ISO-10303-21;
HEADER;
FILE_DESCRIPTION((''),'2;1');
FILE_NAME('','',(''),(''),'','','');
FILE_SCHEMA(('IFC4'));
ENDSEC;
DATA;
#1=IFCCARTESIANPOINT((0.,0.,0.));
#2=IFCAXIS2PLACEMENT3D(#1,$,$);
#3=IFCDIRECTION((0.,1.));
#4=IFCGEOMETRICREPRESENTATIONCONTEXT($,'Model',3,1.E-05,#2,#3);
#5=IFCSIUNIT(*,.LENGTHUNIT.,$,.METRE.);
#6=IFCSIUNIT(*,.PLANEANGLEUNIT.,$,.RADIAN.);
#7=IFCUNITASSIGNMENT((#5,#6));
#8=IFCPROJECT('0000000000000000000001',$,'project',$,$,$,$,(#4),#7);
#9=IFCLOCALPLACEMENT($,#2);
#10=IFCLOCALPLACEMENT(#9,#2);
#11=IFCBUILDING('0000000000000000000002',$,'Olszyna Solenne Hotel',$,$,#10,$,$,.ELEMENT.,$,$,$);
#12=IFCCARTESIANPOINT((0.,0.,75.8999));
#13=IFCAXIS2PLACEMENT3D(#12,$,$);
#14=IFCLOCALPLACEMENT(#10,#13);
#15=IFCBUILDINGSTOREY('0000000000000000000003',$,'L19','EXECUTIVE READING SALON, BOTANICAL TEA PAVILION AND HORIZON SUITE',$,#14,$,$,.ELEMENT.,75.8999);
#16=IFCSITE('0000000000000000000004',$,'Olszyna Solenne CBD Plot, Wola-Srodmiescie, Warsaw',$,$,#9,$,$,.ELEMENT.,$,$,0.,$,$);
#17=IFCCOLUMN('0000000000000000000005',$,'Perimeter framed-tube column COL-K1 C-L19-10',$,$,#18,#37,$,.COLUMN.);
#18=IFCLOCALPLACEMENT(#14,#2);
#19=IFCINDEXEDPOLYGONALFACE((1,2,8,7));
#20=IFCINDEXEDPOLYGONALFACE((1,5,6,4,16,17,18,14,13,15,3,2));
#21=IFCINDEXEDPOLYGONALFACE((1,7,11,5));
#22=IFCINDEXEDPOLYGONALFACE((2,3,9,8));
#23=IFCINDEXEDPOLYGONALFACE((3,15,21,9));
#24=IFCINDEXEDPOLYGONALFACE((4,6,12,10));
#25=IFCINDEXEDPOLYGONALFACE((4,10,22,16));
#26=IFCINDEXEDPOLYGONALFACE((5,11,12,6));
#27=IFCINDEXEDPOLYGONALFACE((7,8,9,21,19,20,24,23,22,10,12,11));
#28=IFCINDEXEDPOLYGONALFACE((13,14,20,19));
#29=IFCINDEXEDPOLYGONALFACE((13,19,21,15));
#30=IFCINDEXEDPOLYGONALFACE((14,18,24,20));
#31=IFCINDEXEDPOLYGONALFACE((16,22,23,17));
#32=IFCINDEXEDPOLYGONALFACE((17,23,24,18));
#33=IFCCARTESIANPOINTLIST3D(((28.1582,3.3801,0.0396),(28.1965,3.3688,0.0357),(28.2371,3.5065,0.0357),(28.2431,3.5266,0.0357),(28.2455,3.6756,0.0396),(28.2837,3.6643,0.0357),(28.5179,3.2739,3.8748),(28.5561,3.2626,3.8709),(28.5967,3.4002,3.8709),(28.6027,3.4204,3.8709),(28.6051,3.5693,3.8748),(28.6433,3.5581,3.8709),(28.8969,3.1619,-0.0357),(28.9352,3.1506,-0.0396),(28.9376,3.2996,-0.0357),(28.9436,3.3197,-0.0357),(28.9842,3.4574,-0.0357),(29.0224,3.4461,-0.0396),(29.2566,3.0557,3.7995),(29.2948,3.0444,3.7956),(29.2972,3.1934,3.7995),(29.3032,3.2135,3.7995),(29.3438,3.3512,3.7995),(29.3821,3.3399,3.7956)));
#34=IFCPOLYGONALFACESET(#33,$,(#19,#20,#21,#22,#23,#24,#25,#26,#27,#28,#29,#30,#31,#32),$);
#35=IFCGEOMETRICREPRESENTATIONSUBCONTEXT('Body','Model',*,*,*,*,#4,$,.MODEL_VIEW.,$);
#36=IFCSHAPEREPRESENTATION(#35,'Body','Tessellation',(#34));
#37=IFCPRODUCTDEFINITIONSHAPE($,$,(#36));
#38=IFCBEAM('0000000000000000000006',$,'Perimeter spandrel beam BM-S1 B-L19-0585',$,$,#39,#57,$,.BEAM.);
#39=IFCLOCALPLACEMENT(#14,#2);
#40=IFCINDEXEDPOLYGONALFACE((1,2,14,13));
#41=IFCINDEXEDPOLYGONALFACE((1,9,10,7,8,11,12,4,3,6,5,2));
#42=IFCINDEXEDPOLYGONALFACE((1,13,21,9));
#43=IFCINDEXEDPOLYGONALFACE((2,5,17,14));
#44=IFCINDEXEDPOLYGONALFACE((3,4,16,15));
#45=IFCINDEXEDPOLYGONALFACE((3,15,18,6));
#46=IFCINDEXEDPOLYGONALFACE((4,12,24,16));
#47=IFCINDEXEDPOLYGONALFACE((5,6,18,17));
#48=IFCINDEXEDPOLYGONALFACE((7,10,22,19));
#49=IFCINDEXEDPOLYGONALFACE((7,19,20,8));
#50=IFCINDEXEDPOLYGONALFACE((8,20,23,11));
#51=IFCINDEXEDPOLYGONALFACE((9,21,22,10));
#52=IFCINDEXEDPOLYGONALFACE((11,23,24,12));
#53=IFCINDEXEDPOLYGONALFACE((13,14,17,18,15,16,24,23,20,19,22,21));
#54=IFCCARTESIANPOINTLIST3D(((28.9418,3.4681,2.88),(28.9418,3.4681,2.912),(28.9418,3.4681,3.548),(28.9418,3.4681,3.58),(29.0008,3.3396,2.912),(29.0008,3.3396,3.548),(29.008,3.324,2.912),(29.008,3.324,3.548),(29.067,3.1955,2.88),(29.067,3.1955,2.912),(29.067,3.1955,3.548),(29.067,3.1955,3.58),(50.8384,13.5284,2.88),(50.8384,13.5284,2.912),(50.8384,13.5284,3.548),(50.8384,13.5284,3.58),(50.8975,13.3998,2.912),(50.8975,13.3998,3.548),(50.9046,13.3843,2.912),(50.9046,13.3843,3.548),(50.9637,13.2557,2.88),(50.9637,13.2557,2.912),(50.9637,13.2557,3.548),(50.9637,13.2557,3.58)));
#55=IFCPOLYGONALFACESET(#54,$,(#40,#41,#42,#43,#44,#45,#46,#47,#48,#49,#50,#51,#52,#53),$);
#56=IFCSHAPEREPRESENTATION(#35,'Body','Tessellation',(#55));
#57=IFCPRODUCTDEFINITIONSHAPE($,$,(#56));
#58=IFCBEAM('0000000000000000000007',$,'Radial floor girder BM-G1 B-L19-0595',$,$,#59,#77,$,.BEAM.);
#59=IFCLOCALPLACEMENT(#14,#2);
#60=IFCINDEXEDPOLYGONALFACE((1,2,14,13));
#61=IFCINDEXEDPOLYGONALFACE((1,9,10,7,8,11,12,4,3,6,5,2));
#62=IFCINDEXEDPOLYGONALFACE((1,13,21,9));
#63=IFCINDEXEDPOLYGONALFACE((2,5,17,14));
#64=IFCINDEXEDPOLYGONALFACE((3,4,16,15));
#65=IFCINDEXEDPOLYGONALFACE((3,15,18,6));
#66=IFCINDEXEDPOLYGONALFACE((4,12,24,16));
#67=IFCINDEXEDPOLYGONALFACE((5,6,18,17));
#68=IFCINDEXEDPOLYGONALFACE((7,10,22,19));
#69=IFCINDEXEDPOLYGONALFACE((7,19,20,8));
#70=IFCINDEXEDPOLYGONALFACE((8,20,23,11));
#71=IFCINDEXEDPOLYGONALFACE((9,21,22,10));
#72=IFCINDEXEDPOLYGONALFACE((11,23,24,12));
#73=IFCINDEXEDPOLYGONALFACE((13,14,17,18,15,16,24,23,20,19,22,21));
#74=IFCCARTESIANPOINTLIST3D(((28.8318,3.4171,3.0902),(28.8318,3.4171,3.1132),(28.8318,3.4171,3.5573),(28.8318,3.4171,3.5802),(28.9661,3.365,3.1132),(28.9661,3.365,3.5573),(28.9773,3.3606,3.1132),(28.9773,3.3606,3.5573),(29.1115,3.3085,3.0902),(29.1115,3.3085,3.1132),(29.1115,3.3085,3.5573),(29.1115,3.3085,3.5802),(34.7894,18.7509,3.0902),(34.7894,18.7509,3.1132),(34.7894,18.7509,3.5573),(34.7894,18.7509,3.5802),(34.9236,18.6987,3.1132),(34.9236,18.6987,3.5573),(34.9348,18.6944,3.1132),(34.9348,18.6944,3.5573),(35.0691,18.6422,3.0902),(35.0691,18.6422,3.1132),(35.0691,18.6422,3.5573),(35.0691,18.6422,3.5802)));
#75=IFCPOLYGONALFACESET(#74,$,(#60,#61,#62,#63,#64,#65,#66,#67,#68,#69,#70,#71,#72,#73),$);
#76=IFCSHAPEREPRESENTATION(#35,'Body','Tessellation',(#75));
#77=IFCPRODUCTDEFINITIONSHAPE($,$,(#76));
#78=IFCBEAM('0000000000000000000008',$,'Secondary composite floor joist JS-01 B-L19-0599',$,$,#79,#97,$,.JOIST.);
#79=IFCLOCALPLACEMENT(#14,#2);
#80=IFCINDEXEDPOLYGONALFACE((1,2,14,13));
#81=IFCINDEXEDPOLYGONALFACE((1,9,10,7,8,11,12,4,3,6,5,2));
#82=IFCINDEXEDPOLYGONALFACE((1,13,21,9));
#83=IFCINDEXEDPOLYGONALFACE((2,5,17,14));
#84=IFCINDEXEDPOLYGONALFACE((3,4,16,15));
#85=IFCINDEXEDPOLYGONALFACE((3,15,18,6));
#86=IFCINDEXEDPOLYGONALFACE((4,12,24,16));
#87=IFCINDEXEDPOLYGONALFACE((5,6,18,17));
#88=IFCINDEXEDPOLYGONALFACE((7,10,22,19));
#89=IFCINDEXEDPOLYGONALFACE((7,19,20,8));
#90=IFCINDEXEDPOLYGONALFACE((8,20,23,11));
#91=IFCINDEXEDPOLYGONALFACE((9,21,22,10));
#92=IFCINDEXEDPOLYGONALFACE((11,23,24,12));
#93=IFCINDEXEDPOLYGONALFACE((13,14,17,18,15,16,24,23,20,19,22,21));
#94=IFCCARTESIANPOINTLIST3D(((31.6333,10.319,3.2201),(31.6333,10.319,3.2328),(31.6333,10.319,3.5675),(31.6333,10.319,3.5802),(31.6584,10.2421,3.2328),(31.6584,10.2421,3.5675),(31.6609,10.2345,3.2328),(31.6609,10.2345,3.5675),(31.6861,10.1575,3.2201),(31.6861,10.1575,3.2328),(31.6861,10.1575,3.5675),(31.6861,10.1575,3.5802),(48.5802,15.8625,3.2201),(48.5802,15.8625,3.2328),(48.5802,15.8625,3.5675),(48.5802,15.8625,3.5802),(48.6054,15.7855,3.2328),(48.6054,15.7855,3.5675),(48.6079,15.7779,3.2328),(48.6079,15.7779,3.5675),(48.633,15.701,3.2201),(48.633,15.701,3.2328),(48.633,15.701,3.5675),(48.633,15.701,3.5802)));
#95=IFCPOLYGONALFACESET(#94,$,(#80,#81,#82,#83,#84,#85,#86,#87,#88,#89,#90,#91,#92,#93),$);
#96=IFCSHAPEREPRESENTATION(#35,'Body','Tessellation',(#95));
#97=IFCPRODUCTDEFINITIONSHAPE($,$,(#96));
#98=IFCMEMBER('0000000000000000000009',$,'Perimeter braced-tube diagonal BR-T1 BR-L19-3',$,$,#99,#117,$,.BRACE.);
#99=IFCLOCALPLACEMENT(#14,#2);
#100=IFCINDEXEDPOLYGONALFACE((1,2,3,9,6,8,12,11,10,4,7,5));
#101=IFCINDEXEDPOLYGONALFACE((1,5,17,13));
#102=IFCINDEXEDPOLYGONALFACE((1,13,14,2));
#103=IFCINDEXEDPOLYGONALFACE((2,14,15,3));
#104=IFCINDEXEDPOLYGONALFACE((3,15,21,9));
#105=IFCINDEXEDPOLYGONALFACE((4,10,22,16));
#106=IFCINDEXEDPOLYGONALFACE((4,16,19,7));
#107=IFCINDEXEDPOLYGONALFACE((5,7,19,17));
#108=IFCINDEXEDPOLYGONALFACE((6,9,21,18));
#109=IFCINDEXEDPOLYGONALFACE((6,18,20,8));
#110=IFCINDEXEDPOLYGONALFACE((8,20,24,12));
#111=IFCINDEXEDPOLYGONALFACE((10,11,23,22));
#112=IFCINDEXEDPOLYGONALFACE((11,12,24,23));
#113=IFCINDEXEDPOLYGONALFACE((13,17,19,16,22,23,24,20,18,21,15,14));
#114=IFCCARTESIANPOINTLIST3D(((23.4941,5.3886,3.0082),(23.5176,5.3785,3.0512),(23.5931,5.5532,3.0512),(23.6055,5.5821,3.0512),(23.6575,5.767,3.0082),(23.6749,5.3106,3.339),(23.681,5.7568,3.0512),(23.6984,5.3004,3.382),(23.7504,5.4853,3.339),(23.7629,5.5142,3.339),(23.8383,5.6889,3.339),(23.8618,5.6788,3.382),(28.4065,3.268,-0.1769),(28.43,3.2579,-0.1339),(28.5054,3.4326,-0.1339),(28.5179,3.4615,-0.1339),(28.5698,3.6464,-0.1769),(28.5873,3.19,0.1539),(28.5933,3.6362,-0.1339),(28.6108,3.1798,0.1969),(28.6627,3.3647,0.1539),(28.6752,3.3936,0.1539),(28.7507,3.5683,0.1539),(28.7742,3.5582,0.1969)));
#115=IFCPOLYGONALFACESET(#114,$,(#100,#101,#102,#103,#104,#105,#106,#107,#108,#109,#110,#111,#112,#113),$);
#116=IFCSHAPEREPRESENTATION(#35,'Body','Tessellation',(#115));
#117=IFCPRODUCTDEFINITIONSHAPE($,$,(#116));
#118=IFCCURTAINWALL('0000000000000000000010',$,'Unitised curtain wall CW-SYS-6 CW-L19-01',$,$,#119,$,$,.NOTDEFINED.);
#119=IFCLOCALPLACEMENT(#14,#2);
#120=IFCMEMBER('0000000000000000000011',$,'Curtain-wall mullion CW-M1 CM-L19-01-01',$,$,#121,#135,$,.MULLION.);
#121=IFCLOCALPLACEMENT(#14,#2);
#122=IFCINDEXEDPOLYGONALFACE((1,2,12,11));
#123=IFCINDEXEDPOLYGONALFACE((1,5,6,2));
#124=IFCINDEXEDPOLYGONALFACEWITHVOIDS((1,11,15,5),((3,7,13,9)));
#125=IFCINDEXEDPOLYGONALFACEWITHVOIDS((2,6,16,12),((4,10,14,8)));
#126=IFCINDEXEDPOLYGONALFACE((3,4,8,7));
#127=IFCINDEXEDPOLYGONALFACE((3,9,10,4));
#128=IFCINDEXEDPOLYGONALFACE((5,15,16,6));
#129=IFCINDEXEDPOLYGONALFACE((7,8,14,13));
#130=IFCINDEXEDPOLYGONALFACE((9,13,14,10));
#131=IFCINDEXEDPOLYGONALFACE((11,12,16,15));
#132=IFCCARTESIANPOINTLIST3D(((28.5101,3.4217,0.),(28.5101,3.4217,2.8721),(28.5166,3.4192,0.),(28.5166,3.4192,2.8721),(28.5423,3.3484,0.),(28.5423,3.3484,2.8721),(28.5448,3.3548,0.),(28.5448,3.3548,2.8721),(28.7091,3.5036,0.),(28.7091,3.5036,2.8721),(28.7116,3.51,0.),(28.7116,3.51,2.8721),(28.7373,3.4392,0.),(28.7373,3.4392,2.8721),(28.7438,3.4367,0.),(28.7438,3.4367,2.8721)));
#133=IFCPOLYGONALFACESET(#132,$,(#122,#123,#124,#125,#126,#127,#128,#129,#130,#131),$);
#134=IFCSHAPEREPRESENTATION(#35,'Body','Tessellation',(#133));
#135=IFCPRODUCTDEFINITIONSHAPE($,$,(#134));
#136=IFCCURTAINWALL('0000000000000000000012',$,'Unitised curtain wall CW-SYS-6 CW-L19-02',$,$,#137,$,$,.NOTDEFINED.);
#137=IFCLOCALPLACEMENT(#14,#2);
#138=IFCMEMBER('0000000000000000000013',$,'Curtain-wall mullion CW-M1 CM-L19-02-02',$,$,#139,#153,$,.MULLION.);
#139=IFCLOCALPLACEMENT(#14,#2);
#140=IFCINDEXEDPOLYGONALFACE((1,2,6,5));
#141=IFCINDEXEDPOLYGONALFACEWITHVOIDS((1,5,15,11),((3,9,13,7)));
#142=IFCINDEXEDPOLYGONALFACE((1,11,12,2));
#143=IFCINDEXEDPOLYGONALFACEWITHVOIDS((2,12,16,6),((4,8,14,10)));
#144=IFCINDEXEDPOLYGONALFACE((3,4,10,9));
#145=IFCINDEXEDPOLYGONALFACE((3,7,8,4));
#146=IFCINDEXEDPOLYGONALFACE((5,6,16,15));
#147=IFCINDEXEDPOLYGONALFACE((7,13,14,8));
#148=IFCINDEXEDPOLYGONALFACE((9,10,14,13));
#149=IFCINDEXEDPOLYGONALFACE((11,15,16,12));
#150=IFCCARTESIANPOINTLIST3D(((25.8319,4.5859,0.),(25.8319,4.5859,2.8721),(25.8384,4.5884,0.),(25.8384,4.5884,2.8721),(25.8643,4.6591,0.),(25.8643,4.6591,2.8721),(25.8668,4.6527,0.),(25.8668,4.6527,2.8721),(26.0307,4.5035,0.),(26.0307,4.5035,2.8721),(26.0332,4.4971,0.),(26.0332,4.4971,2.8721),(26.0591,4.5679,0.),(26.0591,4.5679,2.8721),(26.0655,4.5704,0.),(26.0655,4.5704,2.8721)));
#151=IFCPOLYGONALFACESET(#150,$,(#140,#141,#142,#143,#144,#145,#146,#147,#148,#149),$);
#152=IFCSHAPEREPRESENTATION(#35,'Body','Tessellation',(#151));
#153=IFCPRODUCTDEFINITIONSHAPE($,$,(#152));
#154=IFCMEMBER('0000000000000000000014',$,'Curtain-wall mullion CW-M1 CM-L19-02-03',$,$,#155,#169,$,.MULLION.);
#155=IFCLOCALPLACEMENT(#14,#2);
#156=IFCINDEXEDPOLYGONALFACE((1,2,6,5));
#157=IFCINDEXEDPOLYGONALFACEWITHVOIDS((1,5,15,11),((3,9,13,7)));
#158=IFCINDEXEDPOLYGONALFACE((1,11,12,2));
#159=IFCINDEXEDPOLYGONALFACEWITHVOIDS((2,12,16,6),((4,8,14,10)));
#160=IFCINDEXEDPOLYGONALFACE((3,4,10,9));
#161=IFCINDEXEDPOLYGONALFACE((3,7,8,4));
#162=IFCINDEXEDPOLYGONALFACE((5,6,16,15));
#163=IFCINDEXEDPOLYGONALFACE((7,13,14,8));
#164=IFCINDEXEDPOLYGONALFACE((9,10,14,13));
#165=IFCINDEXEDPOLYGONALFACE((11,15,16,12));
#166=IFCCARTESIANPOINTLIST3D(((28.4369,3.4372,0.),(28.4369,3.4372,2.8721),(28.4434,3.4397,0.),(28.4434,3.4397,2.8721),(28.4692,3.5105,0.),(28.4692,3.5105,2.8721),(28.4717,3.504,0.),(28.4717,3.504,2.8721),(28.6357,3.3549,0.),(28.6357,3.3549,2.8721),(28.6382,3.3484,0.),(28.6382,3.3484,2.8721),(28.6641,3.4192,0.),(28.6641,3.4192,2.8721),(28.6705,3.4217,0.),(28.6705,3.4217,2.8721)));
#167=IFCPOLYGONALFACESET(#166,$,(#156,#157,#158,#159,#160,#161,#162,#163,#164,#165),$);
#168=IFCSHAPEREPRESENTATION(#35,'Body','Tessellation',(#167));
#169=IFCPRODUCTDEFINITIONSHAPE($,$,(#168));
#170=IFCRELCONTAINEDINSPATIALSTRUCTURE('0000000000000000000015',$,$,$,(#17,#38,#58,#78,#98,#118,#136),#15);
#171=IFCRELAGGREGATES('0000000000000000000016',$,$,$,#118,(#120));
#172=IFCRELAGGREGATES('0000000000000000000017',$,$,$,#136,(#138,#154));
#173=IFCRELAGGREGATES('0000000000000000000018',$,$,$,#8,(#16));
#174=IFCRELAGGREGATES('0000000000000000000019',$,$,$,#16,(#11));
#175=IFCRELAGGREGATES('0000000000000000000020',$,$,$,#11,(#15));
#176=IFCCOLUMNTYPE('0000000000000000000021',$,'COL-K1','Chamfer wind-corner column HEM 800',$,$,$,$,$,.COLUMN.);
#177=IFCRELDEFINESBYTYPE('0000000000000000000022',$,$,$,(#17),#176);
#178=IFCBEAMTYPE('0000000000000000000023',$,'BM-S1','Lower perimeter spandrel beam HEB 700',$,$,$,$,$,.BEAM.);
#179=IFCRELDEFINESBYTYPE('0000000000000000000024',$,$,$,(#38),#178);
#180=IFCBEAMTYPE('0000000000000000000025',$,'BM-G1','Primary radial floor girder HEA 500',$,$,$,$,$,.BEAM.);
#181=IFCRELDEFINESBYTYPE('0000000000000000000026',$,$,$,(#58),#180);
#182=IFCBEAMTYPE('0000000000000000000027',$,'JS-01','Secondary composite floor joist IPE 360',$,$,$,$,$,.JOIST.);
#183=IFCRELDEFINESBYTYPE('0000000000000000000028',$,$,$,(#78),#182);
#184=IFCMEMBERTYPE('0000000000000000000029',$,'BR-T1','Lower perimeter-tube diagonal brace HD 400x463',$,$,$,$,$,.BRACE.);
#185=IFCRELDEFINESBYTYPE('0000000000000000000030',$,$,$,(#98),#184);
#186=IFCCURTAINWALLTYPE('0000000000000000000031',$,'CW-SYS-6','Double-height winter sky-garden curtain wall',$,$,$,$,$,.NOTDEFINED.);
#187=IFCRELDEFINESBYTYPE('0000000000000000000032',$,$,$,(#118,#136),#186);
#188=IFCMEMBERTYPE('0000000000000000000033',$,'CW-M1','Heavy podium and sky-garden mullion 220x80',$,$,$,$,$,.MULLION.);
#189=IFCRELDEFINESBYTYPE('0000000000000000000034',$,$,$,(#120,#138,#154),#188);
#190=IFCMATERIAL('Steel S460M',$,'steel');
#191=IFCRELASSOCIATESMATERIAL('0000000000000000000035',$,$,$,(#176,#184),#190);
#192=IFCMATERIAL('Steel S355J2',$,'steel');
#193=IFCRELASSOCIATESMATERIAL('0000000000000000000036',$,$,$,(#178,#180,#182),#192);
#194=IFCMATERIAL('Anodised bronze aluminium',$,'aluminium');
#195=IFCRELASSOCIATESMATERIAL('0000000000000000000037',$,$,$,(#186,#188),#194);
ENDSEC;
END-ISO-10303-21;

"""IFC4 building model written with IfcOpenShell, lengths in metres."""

from ifc_helpers import new_model, si_unit, direction, frame, origin, origin_2d, place, context, subcontext, project, spatial, hollow_rectangle, i_section, extrude, source, transform, mapped, material, material_profile, profile_set, type_object, element, aggregate, save


model = new_model("IFC4")

# Units and contexts
model_context = context("Model", 3, precision=1e-05, world=origin(), true_north=direction((0.0, 1.0)))
body_context = subcontext(model_context, "Body", "Model", "MODEL_VIEW")
ifc_project = project(units=[si_unit("LENGTHUNIT", "METRE"), si_unit("PLANEANGLEUNIT", "RADIAN")], contexts=[model_context])

# Site, building, storey
site_placement = place(None, origin())
site = spatial("IfcSite", under=ifc_project, at=site_placement, Name="Olszyna Solenne CBD Plot, Wola-Srodmiescie, Warsaw", CompositionType="ELEMENT", RefElevation=0.0)
building_placement = place(site_placement, origin())
building = spatial("IfcBuilding", under=site, at=building_placement, Name="Olszyna Solenne Hotel", CompositionType="ELEMENT")
storey_placement = place(building_placement, frame((0.0, 0.0, 75.8999)))
storey = spatial("IfcBuildingStorey", under=building, at=storey_placement, Name="L19", Description="EXECUTIVE READING SALON, BOTANICAL TEA PAVILION AND HORIZON SUITE", CompositionType="ELEMENT", Elevation=75.8999)

# Column
ifc_material_1 = material(Name="Steel S460M", Category="steel")
ifc_material_profile_1 = material_profile(ifc_material_1, i_section(OverallWidth=0.3081, OverallDepth=0.814, WebThickness=0.021, FlangeThickness=0.04, at=origin_2d()), Name="HEM 800", Category="load-bearing")
ifc_profile_set_1 = profile_set([ifc_material_profile_1], Name="Steel S460M")
column_type = type_object("IfcColumnType", Name="COL-K1", Description="Chamfer wind-corner column HEM 800", PredefinedType="COLUMN", material=ifc_profile_set_1)
shared_shape_1 = source(origin(), body_context, "Body", "SweptSolid", [
    extrude(i_section(OverallWidth=0.3081, OverallDepth=0.814, WebThickness=0.021, FlangeThickness=0.04, at=origin_2d()), origin(), (0.0, 0.0, 1.0), 3.8535),
])
column_placement = place(storey_placement, frame((28.5903, 3.4131, 0.0), z_axis=(0.093323, -0.02756, 0.995254), x_axis=(0.283224, 0.959054, 0.0)))
element("IfcColumn", 1, at=column_placement, inside=storey, type_object=column_type, Name="Perimeter framed-tube column COL-K1 C-L19-10", PredefinedType="COLUMN", context=body_context, shape_type="MappedRepresentation", body=[
    mapped(shared_shape_1, transform((0.0, 0.0, 0.0), x_axis=(1.0, 0.0, 0.0), y_axis=(0.0, 1.0, 0.0), z_axis=(0.0, 0.0, 1.0), scale=1.0)),
])

# Beams
ifc_material_2 = material(Name="Steel S355J2", Category="steel")
ifc_material_profile_2 = material_profile(ifc_material_2, i_section(OverallWidth=0.3, OverallDepth=0.7, WebThickness=0.0171, FlangeThickness=0.032, at=origin_2d()), Name="HEB 700", Category="load-bearing")
ifc_profile_set_2 = profile_set([ifc_material_profile_2], Name="Steel S355J2")
beam_type_1 = type_object("IfcBeamType", Name="BM-S1", Description="Lower perimeter spandrel beam HEB 700", PredefinedType="BEAM", material=ifc_profile_set_2)
shared_shape_2 = source(origin(), body_context, "Body", "SweptSolid", [
    extrude(i_section(OverallWidth=0.3, OverallDepth=0.7, WebThickness=0.0171, FlangeThickness=0.032, at=origin_2d()), origin(), (0.0, 0.0, 1.0), 24.0972),
])
beam_1_placement = place(storey_placement, frame((29.0044, 3.3318, 3.23), z_axis=(0.908682, 0.417488, 0.0), x_axis=(-0.417488, 0.908682, 0.0)))
element("IfcBeam", 2, at=beam_1_placement, inside=storey, type_object=beam_type_1, Name="Perimeter spandrel beam BM-S1 B-L19-0585", PredefinedType="BEAM", context=body_context, shape_type="MappedRepresentation", body=[
    mapped(shared_shape_2, transform((0.0, 0.0, 0.0), x_axis=(1.0, 0.0, 0.0), y_axis=(0.0, 1.0, 0.0), z_axis=(0.0, 0.0, 1.0), scale=1.0)),
])
ifc_material_profile_3 = material_profile(ifc_material_2, i_section(OverallWidth=0.3, OverallDepth=0.49, WebThickness=0.012, FlangeThickness=0.0229, at=origin_2d()), Name="HEA 500", Category="load-bearing")
ifc_profile_set_3 = profile_set([ifc_material_profile_3], Name="Steel S355J2")
beam_type_2 = type_object("IfcBeamType", Name="BM-G1", Description="Primary radial floor girder HEA 500", PredefinedType="BEAM", material=ifc_profile_set_3)
shared_shape_3 = source(origin(), body_context, "Body", "SweptSolid", [
    extrude(i_section(OverallWidth=0.3, OverallDepth=0.49, WebThickness=0.012, FlangeThickness=0.0229, at=origin_2d()), origin(), (0.0, 0.0, 1.0), 16.4504),
])
beam_2_placement = place(storey_placement, frame((28.9717, 3.3628, 3.3352), z_axis=(0.36215, 0.93212, 0.0), x_axis=(-0.93212, 0.36215, 0.0)))
element("IfcBeam", 3, at=beam_2_placement, inside=storey, type_object=beam_type_2, Name="Radial floor girder BM-G1 B-L19-0595", PredefinedType="BEAM", context=body_context, shape_type="MappedRepresentation", body=[
    mapped(shared_shape_3, transform((0.0, 0.0, 0.0), x_axis=(1.0, 0.0, 0.0), y_axis=(0.0, 1.0, 0.0), z_axis=(0.0, 0.0, 1.0), scale=1.0)),
])
ifc_material_profile_4 = material_profile(ifc_material_2, i_section(OverallWidth=0.1699, OverallDepth=0.3601, WebThickness=0.0081, FlangeThickness=0.0127, at=origin_2d()), Name="IPE 360", Category="load-bearing")
ifc_profile_set_4 = profile_set([ifc_material_profile_4], Name="Steel S355J2")
beam_type_3 = type_object("IfcBeamType", Name="JS-01", Description="Secondary composite floor joist IPE 360", PredefinedType="JOIST", material=ifc_profile_set_4)
shared_shape_4 = source(origin(), body_context, "Body", "SweptSolid", [
    extrude(i_section(OverallWidth=0.1699, OverallDepth=0.3601, WebThickness=0.0081, FlangeThickness=0.0127, at=origin_2d()), origin(), (0.0, 0.0, 1.0), 17.8306),
])
beam_3_placement = place(storey_placement, frame((31.6597, 10.2383, 3.4001), z_axis=(0.950444, 0.310895, 0.0), x_axis=(-0.310895, 0.950444, 0.0)))
element("IfcBeam", 4, at=beam_3_placement, inside=storey, type_object=beam_type_3, Name="Secondary composite floor joist JS-01 B-L19-0599", PredefinedType="JOIST", context=body_context, shape_type="MappedRepresentation", body=[
    mapped(shared_shape_4, transform((0.0, 0.0, 0.0), x_axis=(1.0, 0.0, 0.0), y_axis=(0.0, 1.0, 0.0), z_axis=(0.0, 0.0, 1.0), scale=1.0)),
])

# Member
ifc_material_profile_5 = material_profile(ifc_material_1, i_section(OverallWidth=0.4121, OverallDepth=0.4351, WebThickness=0.0315, FlangeThickness=0.05, at=origin_2d()), Name="HD 400x463", Category="load-bearing")
ifc_profile_set_5 = profile_set([ifc_material_profile_5], Name="Steel S460M")
member_type_1 = type_object("IfcMemberType", Name="BR-T1", Description="Lower perimeter-tube diagonal brace HD 400x463", PredefinedType="BRACE", material=ifc_profile_set_5)
shared_shape_5 = source(origin(), body_context, "Body", "SweptSolid", [
    extrude(i_section(OverallWidth=0.4121, OverallDepth=0.4351, WebThickness=0.0315, FlangeThickness=0.05, at=origin_2d()), origin(), (0.0, 0.0, 1.0), 6.2268),
])
member_1_placement = place(storey_placement, frame((28.5903, 3.4131, 0.01), z_axis=(-0.788908, 0.340562, 0.51151), x_axis=(-0.396335, -0.918106, 0.0)))
element("IfcMember", 5, at=member_1_placement, inside=storey, type_object=member_type_1, Name="Perimeter braced-tube diagonal BR-T1 BR-L19-3", PredefinedType="BRACE", context=body_context, shape_type="MappedRepresentation", body=[
    mapped(shared_shape_5, transform((0.0, 0.0, 0.0), x_axis=(1.0, 0.0, 0.0), y_axis=(0.0, 1.0, 0.0), z_axis=(0.0, 0.0, 1.0), scale=1.0)),
])

# Curtain wall, member
ifc_material_3 = material(Name="Anodised bronze aluminium", Category="aluminium")
curtain_wall_type = type_object("IfcCurtainWallType", Name="CW-SYS-6", Description="Double-height winter sky-garden curtain wall", PredefinedType="NOTDEFINED", material=ifc_material_3)
curtain_wall_1_placement = place(storey_placement, origin())
curtain_wall_1 = element("IfcCurtainWall", 6, at=curtain_wall_1_placement, inside=storey, type_object=curtain_wall_type, Name="Unitised curtain wall CW-SYS-6 CW-L19-01", PredefinedType="NOTDEFINED")
ifc_material_profile_6 = material_profile(ifc_material_3, hollow_rectangle(XDim=0.0801, YDim=0.22, WallThickness=0.0049, at=origin_2d()), Name="MULL 220x80x5", Category="load-bearing")
ifc_profile_set_6 = profile_set([ifc_material_profile_6], Name="Anodised bronze aluminium")
member_type_2 = type_object("IfcMemberType", Name="CW-M1", Description="Heavy podium and sky-garden mullion 220x80", PredefinedType="MULLION", material=ifc_profile_set_6)
shared_shape_6 = source(origin(), body_context, "Body", "SweptSolid", [
    extrude(hollow_rectangle(XDim=0.0801, YDim=0.22, WallThickness=0.0049, at=origin_2d()), origin(), (0.0, 0.0, 1.0), 2.8721),
])
member_2_placement = place(storey_placement, frame((28.627, 3.4292, 0.0), z_axis=(0.0, 0.0, 1.0), x_axis=(-0.401449, 0.915881, 0.0)))
member_2 = element("IfcMember", 7, at=member_2_placement, type_object=member_type_2, Name="Curtain-wall mullion CW-M1 CM-L19-01-01", PredefinedType="MULLION", context=body_context, shape_type="MappedRepresentation", body=[
    mapped(shared_shape_6, transform((0.0, 0.0, 0.0), x_axis=(1.0, 0.0, 0.0), y_axis=(0.0, 1.0, 0.0), z_axis=(0.0, 0.0, 1.0), scale=1.0)),
])

# Curtain wall, members
curtain_wall_2_placement = place(storey_placement, origin())
curtain_wall_2 = element("IfcCurtainWall", 8, at=curtain_wall_2_placement, inside=storey, type_object=curtain_wall_type, Name="Unitised curtain wall CW-SYS-6 CW-L19-02", PredefinedType="NOTDEFINED")
member_3_placement = place(storey_placement, frame((25.9487, 4.5781, 0.0), z_axis=(0.0, 0.0, 1.0), x_axis=(0.403527, 0.914968, 0.0)))
member_3 = element("IfcMember", 9, at=member_3_placement, type_object=member_type_2, Name="Curtain-wall mullion CW-M1 CM-L19-02-02", PredefinedType="MULLION", context=body_context, shape_type="MappedRepresentation", body=[
    mapped(shared_shape_6, transform((0.0, 0.0, 0.0), x_axis=(1.0, 0.0, 0.0), y_axis=(0.0, 1.0, 0.0), z_axis=(0.0, 0.0, 1.0), scale=1.0)),
])
member_4_placement = place(storey_placement, frame((28.5537, 3.4294, 0.0), z_axis=(0.0, 0.0, 1.0), x_axis=(0.403527, 0.914968, 0.0)))
member_4 = element("IfcMember", 10, at=member_4_placement, type_object=member_type_2, Name="Curtain-wall mullion CW-M1 CM-L19-02-03", PredefinedType="MULLION", context=body_context, shape_type="MappedRepresentation", body=[
    mapped(shared_shape_6, transform((0.0, 0.0, 0.0), x_axis=(1.0, 0.0, 0.0), y_axis=(0.0, 1.0, 0.0), z_axis=(0.0, 0.0, 1.0), scale=1.0)),
])

aggregate(curtain_wall_1, [member_2])
aggregate(curtain_wall_2, [member_3, member_4])

save(model, "model.ifc")
